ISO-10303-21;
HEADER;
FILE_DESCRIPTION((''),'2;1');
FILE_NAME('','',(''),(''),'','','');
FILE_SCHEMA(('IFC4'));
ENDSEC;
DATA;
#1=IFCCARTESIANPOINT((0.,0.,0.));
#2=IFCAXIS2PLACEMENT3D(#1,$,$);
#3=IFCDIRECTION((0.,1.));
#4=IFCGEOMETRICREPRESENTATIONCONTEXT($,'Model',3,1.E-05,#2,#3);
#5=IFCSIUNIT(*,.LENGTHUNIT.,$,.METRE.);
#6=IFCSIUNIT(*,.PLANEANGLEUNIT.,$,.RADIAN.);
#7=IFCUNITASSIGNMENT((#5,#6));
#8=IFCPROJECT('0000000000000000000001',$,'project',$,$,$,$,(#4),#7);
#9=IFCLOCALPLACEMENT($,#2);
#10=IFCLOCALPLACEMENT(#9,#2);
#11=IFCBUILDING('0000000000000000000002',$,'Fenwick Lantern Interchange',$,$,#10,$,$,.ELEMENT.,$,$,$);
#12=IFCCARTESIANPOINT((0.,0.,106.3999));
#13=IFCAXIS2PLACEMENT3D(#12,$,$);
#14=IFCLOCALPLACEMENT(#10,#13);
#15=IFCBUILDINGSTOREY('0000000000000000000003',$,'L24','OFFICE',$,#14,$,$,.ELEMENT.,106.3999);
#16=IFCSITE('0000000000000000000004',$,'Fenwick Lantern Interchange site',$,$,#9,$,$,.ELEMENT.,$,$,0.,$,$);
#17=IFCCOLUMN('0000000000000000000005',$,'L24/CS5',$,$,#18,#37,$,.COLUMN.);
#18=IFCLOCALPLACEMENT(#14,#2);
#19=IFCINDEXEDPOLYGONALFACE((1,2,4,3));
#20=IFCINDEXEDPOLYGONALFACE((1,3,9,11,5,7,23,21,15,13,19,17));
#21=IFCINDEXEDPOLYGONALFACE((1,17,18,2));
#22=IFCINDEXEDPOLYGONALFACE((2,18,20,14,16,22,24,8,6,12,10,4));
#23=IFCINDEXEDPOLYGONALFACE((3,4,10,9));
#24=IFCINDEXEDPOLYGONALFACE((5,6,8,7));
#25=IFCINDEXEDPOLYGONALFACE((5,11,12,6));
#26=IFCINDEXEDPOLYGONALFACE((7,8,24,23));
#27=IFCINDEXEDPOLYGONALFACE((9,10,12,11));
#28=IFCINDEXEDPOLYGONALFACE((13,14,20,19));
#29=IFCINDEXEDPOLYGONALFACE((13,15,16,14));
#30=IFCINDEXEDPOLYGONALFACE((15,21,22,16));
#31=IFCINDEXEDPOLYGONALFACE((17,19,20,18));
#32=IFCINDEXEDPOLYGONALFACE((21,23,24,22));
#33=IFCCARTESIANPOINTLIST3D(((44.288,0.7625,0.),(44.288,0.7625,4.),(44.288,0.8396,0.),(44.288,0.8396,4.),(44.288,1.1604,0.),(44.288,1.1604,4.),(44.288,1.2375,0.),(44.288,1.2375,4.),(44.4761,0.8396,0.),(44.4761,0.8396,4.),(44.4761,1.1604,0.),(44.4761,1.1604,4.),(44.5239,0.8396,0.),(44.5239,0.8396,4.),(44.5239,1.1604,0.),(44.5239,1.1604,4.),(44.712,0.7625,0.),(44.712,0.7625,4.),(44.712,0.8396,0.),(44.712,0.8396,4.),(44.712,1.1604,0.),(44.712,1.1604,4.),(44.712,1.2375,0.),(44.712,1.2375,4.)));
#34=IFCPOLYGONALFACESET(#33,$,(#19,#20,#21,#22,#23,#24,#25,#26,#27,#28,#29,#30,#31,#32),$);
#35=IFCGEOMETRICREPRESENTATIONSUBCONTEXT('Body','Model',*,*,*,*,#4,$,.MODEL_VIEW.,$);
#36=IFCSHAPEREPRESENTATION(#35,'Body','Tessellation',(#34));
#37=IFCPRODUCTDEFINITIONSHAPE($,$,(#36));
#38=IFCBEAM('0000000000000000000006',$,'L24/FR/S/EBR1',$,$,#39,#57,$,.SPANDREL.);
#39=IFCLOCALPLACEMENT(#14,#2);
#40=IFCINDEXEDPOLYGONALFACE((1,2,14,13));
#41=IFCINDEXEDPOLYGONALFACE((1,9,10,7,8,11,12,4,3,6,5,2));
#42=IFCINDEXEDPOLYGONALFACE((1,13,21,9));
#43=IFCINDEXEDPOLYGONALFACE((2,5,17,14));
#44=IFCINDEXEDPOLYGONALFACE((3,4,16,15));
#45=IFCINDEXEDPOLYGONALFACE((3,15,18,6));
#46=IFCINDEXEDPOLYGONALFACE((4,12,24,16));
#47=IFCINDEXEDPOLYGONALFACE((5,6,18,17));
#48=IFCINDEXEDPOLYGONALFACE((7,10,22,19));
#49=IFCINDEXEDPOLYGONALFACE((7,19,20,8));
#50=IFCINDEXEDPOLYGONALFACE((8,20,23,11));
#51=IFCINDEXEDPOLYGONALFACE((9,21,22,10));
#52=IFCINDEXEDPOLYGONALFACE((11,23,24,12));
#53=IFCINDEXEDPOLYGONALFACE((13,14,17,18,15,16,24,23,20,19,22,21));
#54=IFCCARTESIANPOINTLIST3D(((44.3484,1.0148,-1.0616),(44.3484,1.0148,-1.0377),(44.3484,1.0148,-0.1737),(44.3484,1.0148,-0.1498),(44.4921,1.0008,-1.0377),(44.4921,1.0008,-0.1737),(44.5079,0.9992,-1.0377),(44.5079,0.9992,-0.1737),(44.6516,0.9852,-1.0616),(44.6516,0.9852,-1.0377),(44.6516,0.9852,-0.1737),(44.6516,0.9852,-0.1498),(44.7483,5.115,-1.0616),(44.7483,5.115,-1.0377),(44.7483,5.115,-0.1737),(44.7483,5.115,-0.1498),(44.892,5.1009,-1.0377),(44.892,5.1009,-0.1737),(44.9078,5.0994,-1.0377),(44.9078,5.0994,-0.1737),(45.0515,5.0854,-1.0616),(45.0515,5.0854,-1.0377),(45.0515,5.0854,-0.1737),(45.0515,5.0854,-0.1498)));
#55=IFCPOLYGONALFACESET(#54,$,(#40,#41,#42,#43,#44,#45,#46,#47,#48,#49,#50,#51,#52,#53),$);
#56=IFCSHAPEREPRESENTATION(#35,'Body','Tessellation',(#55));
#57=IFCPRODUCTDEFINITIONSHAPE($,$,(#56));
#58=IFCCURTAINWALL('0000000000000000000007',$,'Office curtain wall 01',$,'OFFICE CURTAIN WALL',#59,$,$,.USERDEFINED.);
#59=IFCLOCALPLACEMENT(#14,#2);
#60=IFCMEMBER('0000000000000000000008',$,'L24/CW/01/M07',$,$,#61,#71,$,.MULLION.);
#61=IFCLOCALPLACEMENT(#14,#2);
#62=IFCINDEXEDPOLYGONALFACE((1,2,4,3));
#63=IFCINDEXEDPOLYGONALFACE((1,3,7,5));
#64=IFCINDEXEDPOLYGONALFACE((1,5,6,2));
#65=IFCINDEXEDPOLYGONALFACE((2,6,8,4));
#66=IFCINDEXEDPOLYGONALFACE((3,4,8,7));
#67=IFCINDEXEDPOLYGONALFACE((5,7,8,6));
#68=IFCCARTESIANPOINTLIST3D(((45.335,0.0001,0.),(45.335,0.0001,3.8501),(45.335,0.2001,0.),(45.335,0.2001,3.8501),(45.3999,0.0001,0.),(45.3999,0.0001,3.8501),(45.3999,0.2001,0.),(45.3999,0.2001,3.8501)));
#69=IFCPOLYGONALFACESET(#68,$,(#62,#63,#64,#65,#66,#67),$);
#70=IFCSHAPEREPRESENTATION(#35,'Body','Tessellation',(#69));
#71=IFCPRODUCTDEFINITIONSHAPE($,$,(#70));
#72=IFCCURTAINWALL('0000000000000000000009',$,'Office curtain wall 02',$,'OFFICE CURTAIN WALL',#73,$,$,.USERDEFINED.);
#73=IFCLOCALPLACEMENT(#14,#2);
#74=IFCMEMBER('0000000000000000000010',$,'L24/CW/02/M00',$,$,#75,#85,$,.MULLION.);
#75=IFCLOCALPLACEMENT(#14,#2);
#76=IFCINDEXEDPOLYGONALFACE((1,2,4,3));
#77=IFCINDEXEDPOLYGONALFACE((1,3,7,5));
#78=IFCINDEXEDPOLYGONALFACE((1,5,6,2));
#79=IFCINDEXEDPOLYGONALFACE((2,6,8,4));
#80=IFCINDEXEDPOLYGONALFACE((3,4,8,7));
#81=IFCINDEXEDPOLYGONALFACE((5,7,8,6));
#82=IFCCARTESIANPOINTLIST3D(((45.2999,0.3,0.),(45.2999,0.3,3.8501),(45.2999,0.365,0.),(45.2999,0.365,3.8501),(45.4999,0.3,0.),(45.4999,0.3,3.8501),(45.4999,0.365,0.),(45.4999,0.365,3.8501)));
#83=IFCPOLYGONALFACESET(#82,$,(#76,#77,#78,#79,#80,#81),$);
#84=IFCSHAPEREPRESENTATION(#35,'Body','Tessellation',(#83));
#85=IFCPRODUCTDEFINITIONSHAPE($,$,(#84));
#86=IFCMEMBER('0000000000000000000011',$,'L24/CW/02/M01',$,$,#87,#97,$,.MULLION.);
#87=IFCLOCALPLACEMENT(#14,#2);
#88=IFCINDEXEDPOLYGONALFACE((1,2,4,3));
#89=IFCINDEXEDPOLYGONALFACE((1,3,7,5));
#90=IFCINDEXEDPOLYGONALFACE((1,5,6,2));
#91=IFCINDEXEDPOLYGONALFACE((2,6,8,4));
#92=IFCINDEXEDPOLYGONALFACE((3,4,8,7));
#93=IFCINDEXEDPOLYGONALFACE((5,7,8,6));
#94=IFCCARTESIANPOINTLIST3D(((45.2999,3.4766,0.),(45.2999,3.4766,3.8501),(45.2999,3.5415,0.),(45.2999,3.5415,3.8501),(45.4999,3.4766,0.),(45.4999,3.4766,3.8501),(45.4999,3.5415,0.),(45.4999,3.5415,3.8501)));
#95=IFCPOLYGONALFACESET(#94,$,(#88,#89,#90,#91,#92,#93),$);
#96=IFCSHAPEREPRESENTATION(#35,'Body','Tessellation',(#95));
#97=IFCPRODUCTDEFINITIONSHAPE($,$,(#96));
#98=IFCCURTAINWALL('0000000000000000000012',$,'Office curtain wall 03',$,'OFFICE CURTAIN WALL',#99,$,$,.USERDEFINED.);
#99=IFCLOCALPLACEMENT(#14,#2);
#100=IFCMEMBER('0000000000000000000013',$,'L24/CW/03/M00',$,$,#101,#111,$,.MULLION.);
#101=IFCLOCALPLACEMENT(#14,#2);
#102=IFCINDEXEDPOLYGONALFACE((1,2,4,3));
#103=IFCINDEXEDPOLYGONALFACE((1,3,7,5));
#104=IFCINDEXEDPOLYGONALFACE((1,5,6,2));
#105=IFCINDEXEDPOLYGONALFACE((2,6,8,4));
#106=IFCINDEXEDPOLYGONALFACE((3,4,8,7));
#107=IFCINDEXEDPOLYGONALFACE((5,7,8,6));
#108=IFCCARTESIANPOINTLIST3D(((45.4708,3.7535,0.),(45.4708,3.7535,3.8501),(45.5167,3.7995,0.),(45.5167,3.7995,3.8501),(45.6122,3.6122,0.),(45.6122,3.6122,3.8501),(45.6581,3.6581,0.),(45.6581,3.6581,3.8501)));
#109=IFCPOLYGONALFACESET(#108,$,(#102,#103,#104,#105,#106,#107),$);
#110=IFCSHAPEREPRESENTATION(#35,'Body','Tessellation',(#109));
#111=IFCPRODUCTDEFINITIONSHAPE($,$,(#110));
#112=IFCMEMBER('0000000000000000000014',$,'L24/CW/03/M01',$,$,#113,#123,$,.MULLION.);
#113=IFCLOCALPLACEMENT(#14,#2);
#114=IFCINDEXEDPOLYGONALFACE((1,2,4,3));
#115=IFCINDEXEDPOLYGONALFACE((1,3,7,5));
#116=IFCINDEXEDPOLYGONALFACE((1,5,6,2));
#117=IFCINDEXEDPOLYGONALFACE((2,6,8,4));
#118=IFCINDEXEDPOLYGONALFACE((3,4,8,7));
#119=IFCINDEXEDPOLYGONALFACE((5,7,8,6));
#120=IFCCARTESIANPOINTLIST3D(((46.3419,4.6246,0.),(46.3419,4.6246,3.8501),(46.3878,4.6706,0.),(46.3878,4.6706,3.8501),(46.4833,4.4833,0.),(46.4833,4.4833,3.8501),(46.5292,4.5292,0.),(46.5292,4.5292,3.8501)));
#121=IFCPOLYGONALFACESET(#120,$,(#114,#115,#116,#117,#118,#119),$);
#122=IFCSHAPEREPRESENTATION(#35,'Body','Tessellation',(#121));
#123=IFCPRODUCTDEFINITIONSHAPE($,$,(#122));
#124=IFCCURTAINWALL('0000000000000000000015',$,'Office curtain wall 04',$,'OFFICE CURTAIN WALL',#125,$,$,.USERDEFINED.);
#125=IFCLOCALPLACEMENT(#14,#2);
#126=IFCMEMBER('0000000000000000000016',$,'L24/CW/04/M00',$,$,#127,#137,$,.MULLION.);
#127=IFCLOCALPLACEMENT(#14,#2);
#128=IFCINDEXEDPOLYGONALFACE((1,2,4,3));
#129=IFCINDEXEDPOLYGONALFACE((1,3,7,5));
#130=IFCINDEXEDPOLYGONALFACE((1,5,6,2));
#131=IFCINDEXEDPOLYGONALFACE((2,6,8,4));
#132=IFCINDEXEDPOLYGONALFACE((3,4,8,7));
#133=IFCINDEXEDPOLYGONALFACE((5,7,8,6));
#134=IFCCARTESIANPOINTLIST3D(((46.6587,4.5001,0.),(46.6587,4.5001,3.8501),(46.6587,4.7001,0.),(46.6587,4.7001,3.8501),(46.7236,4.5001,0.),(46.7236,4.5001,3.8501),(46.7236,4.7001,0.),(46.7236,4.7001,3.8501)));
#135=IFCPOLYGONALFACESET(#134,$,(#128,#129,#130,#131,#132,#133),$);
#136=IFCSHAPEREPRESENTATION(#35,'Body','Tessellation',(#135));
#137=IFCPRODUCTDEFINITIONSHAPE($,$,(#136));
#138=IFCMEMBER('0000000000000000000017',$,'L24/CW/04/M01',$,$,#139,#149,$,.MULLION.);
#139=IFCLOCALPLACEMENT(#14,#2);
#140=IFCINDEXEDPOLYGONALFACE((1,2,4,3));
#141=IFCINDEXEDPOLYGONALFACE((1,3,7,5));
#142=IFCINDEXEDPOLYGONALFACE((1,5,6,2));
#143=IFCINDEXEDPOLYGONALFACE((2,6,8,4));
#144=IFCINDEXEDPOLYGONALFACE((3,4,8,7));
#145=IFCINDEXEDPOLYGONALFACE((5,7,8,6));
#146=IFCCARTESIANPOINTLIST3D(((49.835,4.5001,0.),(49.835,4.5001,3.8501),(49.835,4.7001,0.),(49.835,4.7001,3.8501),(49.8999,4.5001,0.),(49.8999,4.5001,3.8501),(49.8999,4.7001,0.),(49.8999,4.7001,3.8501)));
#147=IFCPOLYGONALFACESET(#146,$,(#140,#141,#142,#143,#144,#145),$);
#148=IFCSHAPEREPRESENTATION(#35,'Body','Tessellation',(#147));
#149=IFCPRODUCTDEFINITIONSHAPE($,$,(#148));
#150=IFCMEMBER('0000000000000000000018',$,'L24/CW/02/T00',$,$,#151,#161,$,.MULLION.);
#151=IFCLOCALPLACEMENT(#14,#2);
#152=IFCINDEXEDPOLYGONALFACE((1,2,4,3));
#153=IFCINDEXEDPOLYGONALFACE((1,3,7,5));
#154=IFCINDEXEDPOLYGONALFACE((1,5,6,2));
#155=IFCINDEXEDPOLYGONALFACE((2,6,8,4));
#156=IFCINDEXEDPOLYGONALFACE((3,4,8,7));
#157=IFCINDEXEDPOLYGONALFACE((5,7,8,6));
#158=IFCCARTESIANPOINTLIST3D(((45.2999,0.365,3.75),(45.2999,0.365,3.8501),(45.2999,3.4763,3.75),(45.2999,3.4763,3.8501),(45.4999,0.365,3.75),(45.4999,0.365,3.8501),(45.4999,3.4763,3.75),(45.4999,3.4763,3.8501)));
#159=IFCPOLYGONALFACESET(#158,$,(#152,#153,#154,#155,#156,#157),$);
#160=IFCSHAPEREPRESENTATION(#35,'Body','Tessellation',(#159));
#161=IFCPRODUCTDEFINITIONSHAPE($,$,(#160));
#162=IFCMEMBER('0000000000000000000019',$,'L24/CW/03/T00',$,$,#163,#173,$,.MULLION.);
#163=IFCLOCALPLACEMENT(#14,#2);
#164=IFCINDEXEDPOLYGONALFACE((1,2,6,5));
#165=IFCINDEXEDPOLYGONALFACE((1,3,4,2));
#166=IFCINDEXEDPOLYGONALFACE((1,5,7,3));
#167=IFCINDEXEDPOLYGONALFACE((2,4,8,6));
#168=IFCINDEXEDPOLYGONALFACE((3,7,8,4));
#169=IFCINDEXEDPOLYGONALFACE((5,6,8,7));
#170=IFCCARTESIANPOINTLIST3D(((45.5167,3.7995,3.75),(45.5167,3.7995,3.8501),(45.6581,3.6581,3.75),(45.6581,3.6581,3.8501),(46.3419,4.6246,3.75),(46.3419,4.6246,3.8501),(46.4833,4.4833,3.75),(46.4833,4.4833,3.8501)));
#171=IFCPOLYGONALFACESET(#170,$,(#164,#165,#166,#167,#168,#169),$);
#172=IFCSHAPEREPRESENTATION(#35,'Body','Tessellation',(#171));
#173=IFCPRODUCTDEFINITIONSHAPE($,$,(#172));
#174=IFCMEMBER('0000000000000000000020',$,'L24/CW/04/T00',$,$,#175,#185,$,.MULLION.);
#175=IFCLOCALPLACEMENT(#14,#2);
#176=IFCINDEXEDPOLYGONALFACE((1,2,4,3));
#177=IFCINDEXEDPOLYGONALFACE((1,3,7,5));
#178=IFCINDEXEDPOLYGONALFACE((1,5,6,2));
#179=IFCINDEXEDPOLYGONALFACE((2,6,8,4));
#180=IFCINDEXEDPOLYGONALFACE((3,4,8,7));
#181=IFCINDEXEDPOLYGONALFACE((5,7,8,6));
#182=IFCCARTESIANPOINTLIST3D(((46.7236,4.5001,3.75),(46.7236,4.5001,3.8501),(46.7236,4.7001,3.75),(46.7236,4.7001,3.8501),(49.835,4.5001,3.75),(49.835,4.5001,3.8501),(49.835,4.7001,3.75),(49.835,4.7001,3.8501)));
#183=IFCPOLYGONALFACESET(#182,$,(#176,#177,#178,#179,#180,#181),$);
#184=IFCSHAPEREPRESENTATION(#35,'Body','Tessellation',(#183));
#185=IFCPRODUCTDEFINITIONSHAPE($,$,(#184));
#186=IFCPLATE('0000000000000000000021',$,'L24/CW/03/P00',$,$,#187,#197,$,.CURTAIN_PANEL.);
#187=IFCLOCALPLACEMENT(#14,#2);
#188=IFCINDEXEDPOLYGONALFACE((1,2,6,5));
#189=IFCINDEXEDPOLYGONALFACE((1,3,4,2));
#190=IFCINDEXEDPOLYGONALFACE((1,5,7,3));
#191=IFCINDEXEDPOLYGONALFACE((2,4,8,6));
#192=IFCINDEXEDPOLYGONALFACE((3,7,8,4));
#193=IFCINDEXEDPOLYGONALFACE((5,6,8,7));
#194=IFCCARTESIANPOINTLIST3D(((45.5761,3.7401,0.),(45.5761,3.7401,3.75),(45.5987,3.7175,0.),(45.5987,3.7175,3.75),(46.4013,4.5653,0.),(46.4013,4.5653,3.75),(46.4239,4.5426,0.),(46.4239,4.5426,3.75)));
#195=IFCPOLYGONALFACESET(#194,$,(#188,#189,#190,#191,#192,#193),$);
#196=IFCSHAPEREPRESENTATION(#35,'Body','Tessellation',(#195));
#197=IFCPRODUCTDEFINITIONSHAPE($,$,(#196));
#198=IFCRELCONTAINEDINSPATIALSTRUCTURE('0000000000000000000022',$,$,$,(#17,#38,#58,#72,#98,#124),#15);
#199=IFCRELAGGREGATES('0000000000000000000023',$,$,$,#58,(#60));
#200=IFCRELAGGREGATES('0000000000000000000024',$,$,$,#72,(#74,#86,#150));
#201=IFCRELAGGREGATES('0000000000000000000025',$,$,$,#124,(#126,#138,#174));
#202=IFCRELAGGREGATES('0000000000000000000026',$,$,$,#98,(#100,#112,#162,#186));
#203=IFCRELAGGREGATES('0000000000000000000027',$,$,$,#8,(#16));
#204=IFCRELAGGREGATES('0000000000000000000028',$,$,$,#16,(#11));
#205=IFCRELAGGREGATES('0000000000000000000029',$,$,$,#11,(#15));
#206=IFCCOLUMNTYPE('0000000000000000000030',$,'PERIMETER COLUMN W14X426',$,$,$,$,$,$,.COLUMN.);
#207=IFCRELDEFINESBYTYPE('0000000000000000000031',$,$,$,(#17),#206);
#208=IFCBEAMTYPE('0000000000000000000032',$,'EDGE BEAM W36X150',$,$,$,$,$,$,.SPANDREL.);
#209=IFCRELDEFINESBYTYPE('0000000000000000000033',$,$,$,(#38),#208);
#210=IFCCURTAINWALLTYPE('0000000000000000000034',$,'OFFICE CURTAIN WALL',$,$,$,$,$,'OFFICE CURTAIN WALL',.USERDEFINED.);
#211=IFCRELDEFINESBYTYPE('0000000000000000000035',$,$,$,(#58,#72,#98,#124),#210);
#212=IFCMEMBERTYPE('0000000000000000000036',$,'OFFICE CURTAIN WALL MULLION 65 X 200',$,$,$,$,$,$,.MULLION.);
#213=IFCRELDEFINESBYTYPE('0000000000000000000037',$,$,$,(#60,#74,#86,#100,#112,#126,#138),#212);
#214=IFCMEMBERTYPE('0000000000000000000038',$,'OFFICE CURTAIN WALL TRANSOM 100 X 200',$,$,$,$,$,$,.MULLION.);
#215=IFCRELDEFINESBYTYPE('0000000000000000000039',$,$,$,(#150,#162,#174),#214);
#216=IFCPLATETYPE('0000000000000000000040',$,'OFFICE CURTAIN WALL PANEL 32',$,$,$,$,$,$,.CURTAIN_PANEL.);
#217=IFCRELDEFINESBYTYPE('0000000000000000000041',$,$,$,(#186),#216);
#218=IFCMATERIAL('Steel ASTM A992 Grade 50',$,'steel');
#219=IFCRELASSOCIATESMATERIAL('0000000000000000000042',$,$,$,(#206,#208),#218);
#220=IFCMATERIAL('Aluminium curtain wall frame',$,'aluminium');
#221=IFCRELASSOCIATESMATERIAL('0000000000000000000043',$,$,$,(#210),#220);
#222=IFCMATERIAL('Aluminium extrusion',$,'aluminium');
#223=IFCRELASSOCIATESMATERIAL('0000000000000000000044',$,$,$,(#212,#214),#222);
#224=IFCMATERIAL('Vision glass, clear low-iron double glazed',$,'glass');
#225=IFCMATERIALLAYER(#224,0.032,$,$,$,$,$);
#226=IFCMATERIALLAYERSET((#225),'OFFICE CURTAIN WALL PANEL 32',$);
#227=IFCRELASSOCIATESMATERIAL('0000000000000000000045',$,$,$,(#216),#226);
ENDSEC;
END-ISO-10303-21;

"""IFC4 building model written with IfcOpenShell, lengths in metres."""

from ifc_helpers import new_model, si_unit, direction, frame, origin, origin_2d, place, context, subcontext, project, spatial, rectangle, i_section, extrude, material, layer, layer_set, material_profile, profile_set, type_object, element, aggregate, save


model = new_model("IFC4")

# Units and contexts
model_context = context("Model", 3, precision=1e-05, world=origin(), true_north=direction((0.0, 1.0)))
body_context = subcontext(model_context, "Body", "Model", "MODEL_VIEW")
ifc_project = project(units=[si_unit("LENGTHUNIT", "METRE"), si_unit("PLANEANGLEUNIT", "RADIAN")], contexts=[model_context])

# Site, building, storey
site_placement = place(None, origin())
site = spatial("IfcSite", under=ifc_project, at=site_placement, Name="Fenwick Lantern Interchange site", CompositionType="ELEMENT", RefElevation=0.0)
building_placement = place(site_placement, origin())
building = spatial("IfcBuilding", under=site, at=building_placement, Name="Fenwick Lantern Interchange", CompositionType="ELEMENT")
storey_placement = place(building_placement, frame((0.0, 0.0, 106.3999)))
storey = spatial("IfcBuildingStorey", under=building, at=storey_placement, Name="L24", Description="OFFICE", CompositionType="ELEMENT", Elevation=106.3999)

# Column
ifc_material_1 = material(Name="Steel ASTM A992 Grade 50", Category="steel")
ifc_material_profile_1 = material_profile(ifc_material_1, i_section(OverallWidth=0.4241, OverallDepth=0.4751, WebThickness=0.0479, FlangeThickness=0.0771, at=origin_2d()), Name="W14X426")
ifc_profile_set_1 = profile_set([ifc_material_profile_1], Name="Steel ASTM A992 Grade 50")
column_type = type_object("IfcColumnType", Name="PERIMETER COLUMN W14X426", PredefinedType="COLUMN", material=ifc_profile_set_1)
column_placement = place(storey_placement, frame((44.5, 1.0, 0.0), z_axis=(0.0, 0.0, 1.0), x_axis=(1.0, 0.0, 0.0)))
element("IfcColumn", 1, at=column_placement, inside=storey, type_object=column_type, Name="L24/CS5", PredefinedType="COLUMN", context=body_context, shape_type="SweptSolid", body=[
    extrude(i_section(OverallWidth=0.4241, OverallDepth=0.4751, WebThickness=0.0479, FlangeThickness=0.0771, at=origin_2d()), origin(), (0.0, 0.0, 1.0), 4.0),
])

# Beam
ifc_material_profile_2 = material_profile(ifc_material_1, i_section(OverallWidth=0.3047, OverallDepth=0.9119, WebThickness=0.0159, FlangeThickness=0.0239, at=origin_2d()), Name="W36X150")
ifc_profile_set_2 = profile_set([ifc_material_profile_2], Name="Steel ASTM A992 Grade 50")
beam_type = type_object("IfcBeamType", Name="EDGE BEAM W36X150", PredefinedType="SPANDREL", material=ifc_profile_set_2)
beam_placement = place(storey_placement, frame((44.5, 1.0, -0.6057), z_axis=(0.097074, 0.995277, 0.0), x_axis=(-0.995277, 0.097074, 0.0)))
element("IfcBeam", 2, at=beam_placement, inside=storey, type_object=beam_type, Name="L24/FR/S/EBR1", PredefinedType="SPANDREL", context=body_context, shape_type="SweptSolid", body=[
    extrude(i_section(OverallWidth=0.3047, OverallDepth=0.9119, WebThickness=0.0159, FlangeThickness=0.0239, at=origin_2d()), origin(), (0.0, 0.0, 1.0), 4.1196),
])

# Curtain wall, member
ifc_material_2 = material(Name="Aluminium curtain wall frame", Category="aluminium")
curtain_wall_type = type_object("IfcCurtainWallType", Name="OFFICE CURTAIN WALL", ElementType="OFFICE CURTAIN WALL", PredefinedType="USERDEFINED", material=ifc_material_2)
curtain_wall_1_placement = place(storey_placement, origin())
curtain_wall_1 = element("IfcCurtainWall", 3, at=curtain_wall_1_placement, inside=storey, type_object=curtain_wall_type, Name="Office curtain wall 01", ObjectType="OFFICE CURTAIN WALL", PredefinedType="USERDEFINED")
ifc_material_3 = material(Name="Aluminium extrusion", Category="aluminium")
ifc_material_profile_3 = material_profile(ifc_material_3, rectangle(XDim=0.2, YDim=0.0649, at=origin_2d()), Name="OFFICE CURTAIN WALL MULLION 65 X 200")
ifc_profile_set_3 = profile_set([ifc_material_profile_3], Name="Aluminium extrusion")
member_type_1 = type_object("IfcMemberType", Name="OFFICE CURTAIN WALL MULLION 65 X 200", PredefinedType="MULLION", material=ifc_profile_set_3)
member_1_placement = place(storey_placement, frame((45.3674, 0.1001, 0.0), z_axis=(0.0, 0.0, 1.0), x_axis=(0.0, 1.0, 0.0)))
member_1 = element("IfcMember", 4, at=member_1_placement, type_object=member_type_1, Name="L24/CW/01/M07", PredefinedType="MULLION", context=body_context, shape_type="SweptSolid", body=[
    extrude(rectangle(XDim=0.2, YDim=0.0649, at=origin_2d()), origin(), (0.0, 0.0, 1.0), 3.8501),
])
aggregate(curtain_wall_1, [member_1])

# Curtain walls, members
curtain_wall_2_placement = place(storey_placement, origin())
curtain_wall_2 = element("IfcCurtainWall", 5, at=curtain_wall_2_placement, inside=storey, type_object=curtain_wall_type, Name="Office curtain wall 02", ObjectType="OFFICE CURTAIN WALL", PredefinedType="USERDEFINED")
member_2_placement = place(storey_placement, frame((45.3999, 0.3325, 0.0), z_axis=(0.0, 0.0, 1.0), x_axis=(-1.0, 0.0, 0.0)))
member_2 = element("IfcMember", 6, at=member_2_placement, type_object=member_type_1, Name="L24/CW/02/M00", PredefinedType="MULLION", context=body_context, shape_type="SweptSolid", body=[
    extrude(rectangle(XDim=0.2, YDim=0.0649, at=origin_2d()), origin(), (0.0, 0.0, 1.0), 3.8501),
])
member_3_placement = place(storey_placement, frame((45.3999, 3.509, 0.0), z_axis=(0.0, 0.0, 1.0), x_axis=(-1.0, 0.0, 0.0)))
member_3 = element("IfcMember", 7, at=member_3_placement, type_object=member_type_1, Name="L24/CW/02/M01", PredefinedType="MULLION", context=body_context, shape_type="SweptSolid", body=[
    extrude(rectangle(XDim=0.2, YDim=0.0649, at=origin_2d()), origin(), (0.0, 0.0, 1.0), 3.8501),
])
curtain_wall_3_placement = place(storey_placement, origin())
curtain_wall_3 = element("IfcCurtainWall", 8, at=curtain_wall_3_placement, inside=storey, type_object=curtain_wall_type, Name="Office curtain wall 03", ObjectType="OFFICE CURTAIN WALL", PredefinedType="USERDEFINED")
member_4_placement = place(storey_placement, frame((45.5645, 3.7058, 0.0), z_axis=(0.0, 0.0, 1.0), x_axis=(-0.707107, 0.707107, 0.0)))
member_4 = element("IfcMember", 9, at=member_4_placement, type_object=member_type_1, Name="L24/CW/03/M00", PredefinedType="MULLION", context=body_context, shape_type="SweptSolid", body=[
    extrude(rectangle(XDim=0.2, YDim=0.0649, at=origin_2d()), origin(), (0.0, 0.0, 1.0), 3.8501),
])
member_5_placement = place(storey_placement, frame((46.4355, 4.5769, 0.0), z_axis=(0.0, 0.0, 1.0), x_axis=(-0.707107, 0.707107, 0.0)))
member_5 = element("IfcMember", 10, at=member_5_placement, type_object=member_type_1, Name="L24/CW/03/M01", PredefinedType="MULLION", context=body_context, shape_type="SweptSolid", body=[
    extrude(rectangle(XDim=0.2, YDim=0.0649, at=origin_2d()), origin(), (0.0, 0.0, 1.0), 3.8501),
])
curtain_wall_4_placement = place(storey_placement, origin())
curtain_wall_4 = element("IfcCurtainWall", 11, at=curtain_wall_4_placement, inside=storey, type_object=curtain_wall_type, Name="Office curtain wall 04", ObjectType="OFFICE CURTAIN WALL", PredefinedType="USERDEFINED")
member_6_placement = place(storey_placement, frame((46.6912, 4.6001, 0.0), z_axis=(0.0, 0.0, 1.0), x_axis=(0.0, 1.0, 0.0)))
member_6 = element("IfcMember", 12, at=member_6_placement, type_object=member_type_1, Name="L24/CW/04/M00", PredefinedType="MULLION", context=body_context, shape_type="SweptSolid", body=[
    extrude(rectangle(XDim=0.2, YDim=0.0649, at=origin_2d()), origin(), (0.0, 0.0, 1.0), 3.8501),
])
member_7_placement = place(storey_placement, frame((49.8674, 4.6001, 0.0), z_axis=(0.0, 0.0, 1.0), x_axis=(0.0, 1.0, 0.0)))
member_7 = element("IfcMember", 13, at=member_7_placement, type_object=member_type_1, Name="L24/CW/04/M01", PredefinedType="MULLION", context=body_context, shape_type="SweptSolid", body=[
    extrude(rectangle(XDim=0.2, YDim=0.0649, at=origin_2d()), origin(), (0.0, 0.0, 1.0), 3.8501),
])

# Members
ifc_material_profile_4 = material_profile(ifc_material_3, rectangle(XDim=0.2, YDim=0.1001, at=origin_2d()), Name="OFFICE CURTAIN WALL TRANSOM 100 X 200")
ifc_profile_set_4 = profile_set([ifc_material_profile_4], Name="Aluminium extrusion")
member_type_2 = type_object("IfcMemberType", Name="OFFICE CURTAIN WALL TRANSOM 100 X 200", PredefinedType="MULLION", material=ifc_profile_set_4)
member_8_placement = place(storey_placement, frame((45.3999, 0.365, 3.8), z_axis=(0.0, 1.0, 0.0), x_axis=(-1.0, 0.0, 0.0)))
member_8 = element("IfcMember", 14, at=member_8_placement, type_object=member_type_2, Name="L24/CW/02/T00", PredefinedType="MULLION", context=body_context, shape_type="SweptSolid", body=[
    extrude(rectangle(XDim=0.2, YDim=0.1001, at=origin_2d()), origin(), (0.0, 0.0, 1.0), 3.1113),
])
aggregate(curtain_wall_2, [member_2, member_3, member_8])
member_9_placement = place(storey_placement, frame((45.5874, 3.7288, 3.8), z_axis=(0.707107, 0.707107, 0.0), x_axis=(-0.707107, 0.707107, 0.0)))
member_9 = element("IfcMember", 15, at=member_9_placement, type_object=member_type_2, Name="L24/CW/03/T00", PredefinedType="MULLION", context=body_context, shape_type="SweptSolid", body=[
    extrude(rectangle(XDim=0.2, YDim=0.1001, at=origin_2d()), origin(), (0.0, 0.0, 1.0), 1.167),
])
member_10_placement = place(storey_placement, frame((46.7236, 4.6001, 3.8), z_axis=(1.0, 0.0, 0.0), x_axis=(0.0, 1.0, 0.0)))
member_10 = element("IfcMember", 16, at=member_10_placement, type_object=member_type_2, Name="L24/CW/04/T00", PredefinedType="MULLION", context=body_context, shape_type="SweptSolid", body=[
    extrude(rectangle(XDim=0.2, YDim=0.1001, at=origin_2d()), origin(), (0.0, 0.0, 1.0), 3.1113),
])
aggregate(curtain_wall_4, [member_6, member_7, member_10])

# Plate
ifc_material_4 = material(Name="Vision glass, clear low-iron double glazed", Category="glass")
ifc_layer_1 = layer(ifc_material_4, 0.032)
ifc_layer_set_1 = layer_set([ifc_layer_1], Name="OFFICE CURTAIN WALL PANEL 32")
plate_type = type_object("IfcPlateType", Name="OFFICE CURTAIN WALL PANEL 32", PredefinedType="CURTAIN_PANEL", material=ifc_layer_set_1)
plate_1_placement = place(storey_placement, frame((46.0, 4.1414, 0.0), z_axis=(0.0, 0.0, 1.0), x_axis=(0.707107, 0.707107, 0.0)))
plate_1 = element("IfcPlate", 17, at=plate_1_placement, type_object=plate_type, Name="L24/CW/03/P00", PredefinedType="CURTAIN_PANEL", context=body_context, shape_type="SweptSolid", body=[
    extrude(rectangle(XDim=1.167, YDim=0.032, at=origin_2d()), origin(), (0.0, 0.0, 1.0), 3.75),
])
aggregate(curtain_wall_3, [member_4, member_5, member_9, plate_1])

save(model, "model.ifc")
